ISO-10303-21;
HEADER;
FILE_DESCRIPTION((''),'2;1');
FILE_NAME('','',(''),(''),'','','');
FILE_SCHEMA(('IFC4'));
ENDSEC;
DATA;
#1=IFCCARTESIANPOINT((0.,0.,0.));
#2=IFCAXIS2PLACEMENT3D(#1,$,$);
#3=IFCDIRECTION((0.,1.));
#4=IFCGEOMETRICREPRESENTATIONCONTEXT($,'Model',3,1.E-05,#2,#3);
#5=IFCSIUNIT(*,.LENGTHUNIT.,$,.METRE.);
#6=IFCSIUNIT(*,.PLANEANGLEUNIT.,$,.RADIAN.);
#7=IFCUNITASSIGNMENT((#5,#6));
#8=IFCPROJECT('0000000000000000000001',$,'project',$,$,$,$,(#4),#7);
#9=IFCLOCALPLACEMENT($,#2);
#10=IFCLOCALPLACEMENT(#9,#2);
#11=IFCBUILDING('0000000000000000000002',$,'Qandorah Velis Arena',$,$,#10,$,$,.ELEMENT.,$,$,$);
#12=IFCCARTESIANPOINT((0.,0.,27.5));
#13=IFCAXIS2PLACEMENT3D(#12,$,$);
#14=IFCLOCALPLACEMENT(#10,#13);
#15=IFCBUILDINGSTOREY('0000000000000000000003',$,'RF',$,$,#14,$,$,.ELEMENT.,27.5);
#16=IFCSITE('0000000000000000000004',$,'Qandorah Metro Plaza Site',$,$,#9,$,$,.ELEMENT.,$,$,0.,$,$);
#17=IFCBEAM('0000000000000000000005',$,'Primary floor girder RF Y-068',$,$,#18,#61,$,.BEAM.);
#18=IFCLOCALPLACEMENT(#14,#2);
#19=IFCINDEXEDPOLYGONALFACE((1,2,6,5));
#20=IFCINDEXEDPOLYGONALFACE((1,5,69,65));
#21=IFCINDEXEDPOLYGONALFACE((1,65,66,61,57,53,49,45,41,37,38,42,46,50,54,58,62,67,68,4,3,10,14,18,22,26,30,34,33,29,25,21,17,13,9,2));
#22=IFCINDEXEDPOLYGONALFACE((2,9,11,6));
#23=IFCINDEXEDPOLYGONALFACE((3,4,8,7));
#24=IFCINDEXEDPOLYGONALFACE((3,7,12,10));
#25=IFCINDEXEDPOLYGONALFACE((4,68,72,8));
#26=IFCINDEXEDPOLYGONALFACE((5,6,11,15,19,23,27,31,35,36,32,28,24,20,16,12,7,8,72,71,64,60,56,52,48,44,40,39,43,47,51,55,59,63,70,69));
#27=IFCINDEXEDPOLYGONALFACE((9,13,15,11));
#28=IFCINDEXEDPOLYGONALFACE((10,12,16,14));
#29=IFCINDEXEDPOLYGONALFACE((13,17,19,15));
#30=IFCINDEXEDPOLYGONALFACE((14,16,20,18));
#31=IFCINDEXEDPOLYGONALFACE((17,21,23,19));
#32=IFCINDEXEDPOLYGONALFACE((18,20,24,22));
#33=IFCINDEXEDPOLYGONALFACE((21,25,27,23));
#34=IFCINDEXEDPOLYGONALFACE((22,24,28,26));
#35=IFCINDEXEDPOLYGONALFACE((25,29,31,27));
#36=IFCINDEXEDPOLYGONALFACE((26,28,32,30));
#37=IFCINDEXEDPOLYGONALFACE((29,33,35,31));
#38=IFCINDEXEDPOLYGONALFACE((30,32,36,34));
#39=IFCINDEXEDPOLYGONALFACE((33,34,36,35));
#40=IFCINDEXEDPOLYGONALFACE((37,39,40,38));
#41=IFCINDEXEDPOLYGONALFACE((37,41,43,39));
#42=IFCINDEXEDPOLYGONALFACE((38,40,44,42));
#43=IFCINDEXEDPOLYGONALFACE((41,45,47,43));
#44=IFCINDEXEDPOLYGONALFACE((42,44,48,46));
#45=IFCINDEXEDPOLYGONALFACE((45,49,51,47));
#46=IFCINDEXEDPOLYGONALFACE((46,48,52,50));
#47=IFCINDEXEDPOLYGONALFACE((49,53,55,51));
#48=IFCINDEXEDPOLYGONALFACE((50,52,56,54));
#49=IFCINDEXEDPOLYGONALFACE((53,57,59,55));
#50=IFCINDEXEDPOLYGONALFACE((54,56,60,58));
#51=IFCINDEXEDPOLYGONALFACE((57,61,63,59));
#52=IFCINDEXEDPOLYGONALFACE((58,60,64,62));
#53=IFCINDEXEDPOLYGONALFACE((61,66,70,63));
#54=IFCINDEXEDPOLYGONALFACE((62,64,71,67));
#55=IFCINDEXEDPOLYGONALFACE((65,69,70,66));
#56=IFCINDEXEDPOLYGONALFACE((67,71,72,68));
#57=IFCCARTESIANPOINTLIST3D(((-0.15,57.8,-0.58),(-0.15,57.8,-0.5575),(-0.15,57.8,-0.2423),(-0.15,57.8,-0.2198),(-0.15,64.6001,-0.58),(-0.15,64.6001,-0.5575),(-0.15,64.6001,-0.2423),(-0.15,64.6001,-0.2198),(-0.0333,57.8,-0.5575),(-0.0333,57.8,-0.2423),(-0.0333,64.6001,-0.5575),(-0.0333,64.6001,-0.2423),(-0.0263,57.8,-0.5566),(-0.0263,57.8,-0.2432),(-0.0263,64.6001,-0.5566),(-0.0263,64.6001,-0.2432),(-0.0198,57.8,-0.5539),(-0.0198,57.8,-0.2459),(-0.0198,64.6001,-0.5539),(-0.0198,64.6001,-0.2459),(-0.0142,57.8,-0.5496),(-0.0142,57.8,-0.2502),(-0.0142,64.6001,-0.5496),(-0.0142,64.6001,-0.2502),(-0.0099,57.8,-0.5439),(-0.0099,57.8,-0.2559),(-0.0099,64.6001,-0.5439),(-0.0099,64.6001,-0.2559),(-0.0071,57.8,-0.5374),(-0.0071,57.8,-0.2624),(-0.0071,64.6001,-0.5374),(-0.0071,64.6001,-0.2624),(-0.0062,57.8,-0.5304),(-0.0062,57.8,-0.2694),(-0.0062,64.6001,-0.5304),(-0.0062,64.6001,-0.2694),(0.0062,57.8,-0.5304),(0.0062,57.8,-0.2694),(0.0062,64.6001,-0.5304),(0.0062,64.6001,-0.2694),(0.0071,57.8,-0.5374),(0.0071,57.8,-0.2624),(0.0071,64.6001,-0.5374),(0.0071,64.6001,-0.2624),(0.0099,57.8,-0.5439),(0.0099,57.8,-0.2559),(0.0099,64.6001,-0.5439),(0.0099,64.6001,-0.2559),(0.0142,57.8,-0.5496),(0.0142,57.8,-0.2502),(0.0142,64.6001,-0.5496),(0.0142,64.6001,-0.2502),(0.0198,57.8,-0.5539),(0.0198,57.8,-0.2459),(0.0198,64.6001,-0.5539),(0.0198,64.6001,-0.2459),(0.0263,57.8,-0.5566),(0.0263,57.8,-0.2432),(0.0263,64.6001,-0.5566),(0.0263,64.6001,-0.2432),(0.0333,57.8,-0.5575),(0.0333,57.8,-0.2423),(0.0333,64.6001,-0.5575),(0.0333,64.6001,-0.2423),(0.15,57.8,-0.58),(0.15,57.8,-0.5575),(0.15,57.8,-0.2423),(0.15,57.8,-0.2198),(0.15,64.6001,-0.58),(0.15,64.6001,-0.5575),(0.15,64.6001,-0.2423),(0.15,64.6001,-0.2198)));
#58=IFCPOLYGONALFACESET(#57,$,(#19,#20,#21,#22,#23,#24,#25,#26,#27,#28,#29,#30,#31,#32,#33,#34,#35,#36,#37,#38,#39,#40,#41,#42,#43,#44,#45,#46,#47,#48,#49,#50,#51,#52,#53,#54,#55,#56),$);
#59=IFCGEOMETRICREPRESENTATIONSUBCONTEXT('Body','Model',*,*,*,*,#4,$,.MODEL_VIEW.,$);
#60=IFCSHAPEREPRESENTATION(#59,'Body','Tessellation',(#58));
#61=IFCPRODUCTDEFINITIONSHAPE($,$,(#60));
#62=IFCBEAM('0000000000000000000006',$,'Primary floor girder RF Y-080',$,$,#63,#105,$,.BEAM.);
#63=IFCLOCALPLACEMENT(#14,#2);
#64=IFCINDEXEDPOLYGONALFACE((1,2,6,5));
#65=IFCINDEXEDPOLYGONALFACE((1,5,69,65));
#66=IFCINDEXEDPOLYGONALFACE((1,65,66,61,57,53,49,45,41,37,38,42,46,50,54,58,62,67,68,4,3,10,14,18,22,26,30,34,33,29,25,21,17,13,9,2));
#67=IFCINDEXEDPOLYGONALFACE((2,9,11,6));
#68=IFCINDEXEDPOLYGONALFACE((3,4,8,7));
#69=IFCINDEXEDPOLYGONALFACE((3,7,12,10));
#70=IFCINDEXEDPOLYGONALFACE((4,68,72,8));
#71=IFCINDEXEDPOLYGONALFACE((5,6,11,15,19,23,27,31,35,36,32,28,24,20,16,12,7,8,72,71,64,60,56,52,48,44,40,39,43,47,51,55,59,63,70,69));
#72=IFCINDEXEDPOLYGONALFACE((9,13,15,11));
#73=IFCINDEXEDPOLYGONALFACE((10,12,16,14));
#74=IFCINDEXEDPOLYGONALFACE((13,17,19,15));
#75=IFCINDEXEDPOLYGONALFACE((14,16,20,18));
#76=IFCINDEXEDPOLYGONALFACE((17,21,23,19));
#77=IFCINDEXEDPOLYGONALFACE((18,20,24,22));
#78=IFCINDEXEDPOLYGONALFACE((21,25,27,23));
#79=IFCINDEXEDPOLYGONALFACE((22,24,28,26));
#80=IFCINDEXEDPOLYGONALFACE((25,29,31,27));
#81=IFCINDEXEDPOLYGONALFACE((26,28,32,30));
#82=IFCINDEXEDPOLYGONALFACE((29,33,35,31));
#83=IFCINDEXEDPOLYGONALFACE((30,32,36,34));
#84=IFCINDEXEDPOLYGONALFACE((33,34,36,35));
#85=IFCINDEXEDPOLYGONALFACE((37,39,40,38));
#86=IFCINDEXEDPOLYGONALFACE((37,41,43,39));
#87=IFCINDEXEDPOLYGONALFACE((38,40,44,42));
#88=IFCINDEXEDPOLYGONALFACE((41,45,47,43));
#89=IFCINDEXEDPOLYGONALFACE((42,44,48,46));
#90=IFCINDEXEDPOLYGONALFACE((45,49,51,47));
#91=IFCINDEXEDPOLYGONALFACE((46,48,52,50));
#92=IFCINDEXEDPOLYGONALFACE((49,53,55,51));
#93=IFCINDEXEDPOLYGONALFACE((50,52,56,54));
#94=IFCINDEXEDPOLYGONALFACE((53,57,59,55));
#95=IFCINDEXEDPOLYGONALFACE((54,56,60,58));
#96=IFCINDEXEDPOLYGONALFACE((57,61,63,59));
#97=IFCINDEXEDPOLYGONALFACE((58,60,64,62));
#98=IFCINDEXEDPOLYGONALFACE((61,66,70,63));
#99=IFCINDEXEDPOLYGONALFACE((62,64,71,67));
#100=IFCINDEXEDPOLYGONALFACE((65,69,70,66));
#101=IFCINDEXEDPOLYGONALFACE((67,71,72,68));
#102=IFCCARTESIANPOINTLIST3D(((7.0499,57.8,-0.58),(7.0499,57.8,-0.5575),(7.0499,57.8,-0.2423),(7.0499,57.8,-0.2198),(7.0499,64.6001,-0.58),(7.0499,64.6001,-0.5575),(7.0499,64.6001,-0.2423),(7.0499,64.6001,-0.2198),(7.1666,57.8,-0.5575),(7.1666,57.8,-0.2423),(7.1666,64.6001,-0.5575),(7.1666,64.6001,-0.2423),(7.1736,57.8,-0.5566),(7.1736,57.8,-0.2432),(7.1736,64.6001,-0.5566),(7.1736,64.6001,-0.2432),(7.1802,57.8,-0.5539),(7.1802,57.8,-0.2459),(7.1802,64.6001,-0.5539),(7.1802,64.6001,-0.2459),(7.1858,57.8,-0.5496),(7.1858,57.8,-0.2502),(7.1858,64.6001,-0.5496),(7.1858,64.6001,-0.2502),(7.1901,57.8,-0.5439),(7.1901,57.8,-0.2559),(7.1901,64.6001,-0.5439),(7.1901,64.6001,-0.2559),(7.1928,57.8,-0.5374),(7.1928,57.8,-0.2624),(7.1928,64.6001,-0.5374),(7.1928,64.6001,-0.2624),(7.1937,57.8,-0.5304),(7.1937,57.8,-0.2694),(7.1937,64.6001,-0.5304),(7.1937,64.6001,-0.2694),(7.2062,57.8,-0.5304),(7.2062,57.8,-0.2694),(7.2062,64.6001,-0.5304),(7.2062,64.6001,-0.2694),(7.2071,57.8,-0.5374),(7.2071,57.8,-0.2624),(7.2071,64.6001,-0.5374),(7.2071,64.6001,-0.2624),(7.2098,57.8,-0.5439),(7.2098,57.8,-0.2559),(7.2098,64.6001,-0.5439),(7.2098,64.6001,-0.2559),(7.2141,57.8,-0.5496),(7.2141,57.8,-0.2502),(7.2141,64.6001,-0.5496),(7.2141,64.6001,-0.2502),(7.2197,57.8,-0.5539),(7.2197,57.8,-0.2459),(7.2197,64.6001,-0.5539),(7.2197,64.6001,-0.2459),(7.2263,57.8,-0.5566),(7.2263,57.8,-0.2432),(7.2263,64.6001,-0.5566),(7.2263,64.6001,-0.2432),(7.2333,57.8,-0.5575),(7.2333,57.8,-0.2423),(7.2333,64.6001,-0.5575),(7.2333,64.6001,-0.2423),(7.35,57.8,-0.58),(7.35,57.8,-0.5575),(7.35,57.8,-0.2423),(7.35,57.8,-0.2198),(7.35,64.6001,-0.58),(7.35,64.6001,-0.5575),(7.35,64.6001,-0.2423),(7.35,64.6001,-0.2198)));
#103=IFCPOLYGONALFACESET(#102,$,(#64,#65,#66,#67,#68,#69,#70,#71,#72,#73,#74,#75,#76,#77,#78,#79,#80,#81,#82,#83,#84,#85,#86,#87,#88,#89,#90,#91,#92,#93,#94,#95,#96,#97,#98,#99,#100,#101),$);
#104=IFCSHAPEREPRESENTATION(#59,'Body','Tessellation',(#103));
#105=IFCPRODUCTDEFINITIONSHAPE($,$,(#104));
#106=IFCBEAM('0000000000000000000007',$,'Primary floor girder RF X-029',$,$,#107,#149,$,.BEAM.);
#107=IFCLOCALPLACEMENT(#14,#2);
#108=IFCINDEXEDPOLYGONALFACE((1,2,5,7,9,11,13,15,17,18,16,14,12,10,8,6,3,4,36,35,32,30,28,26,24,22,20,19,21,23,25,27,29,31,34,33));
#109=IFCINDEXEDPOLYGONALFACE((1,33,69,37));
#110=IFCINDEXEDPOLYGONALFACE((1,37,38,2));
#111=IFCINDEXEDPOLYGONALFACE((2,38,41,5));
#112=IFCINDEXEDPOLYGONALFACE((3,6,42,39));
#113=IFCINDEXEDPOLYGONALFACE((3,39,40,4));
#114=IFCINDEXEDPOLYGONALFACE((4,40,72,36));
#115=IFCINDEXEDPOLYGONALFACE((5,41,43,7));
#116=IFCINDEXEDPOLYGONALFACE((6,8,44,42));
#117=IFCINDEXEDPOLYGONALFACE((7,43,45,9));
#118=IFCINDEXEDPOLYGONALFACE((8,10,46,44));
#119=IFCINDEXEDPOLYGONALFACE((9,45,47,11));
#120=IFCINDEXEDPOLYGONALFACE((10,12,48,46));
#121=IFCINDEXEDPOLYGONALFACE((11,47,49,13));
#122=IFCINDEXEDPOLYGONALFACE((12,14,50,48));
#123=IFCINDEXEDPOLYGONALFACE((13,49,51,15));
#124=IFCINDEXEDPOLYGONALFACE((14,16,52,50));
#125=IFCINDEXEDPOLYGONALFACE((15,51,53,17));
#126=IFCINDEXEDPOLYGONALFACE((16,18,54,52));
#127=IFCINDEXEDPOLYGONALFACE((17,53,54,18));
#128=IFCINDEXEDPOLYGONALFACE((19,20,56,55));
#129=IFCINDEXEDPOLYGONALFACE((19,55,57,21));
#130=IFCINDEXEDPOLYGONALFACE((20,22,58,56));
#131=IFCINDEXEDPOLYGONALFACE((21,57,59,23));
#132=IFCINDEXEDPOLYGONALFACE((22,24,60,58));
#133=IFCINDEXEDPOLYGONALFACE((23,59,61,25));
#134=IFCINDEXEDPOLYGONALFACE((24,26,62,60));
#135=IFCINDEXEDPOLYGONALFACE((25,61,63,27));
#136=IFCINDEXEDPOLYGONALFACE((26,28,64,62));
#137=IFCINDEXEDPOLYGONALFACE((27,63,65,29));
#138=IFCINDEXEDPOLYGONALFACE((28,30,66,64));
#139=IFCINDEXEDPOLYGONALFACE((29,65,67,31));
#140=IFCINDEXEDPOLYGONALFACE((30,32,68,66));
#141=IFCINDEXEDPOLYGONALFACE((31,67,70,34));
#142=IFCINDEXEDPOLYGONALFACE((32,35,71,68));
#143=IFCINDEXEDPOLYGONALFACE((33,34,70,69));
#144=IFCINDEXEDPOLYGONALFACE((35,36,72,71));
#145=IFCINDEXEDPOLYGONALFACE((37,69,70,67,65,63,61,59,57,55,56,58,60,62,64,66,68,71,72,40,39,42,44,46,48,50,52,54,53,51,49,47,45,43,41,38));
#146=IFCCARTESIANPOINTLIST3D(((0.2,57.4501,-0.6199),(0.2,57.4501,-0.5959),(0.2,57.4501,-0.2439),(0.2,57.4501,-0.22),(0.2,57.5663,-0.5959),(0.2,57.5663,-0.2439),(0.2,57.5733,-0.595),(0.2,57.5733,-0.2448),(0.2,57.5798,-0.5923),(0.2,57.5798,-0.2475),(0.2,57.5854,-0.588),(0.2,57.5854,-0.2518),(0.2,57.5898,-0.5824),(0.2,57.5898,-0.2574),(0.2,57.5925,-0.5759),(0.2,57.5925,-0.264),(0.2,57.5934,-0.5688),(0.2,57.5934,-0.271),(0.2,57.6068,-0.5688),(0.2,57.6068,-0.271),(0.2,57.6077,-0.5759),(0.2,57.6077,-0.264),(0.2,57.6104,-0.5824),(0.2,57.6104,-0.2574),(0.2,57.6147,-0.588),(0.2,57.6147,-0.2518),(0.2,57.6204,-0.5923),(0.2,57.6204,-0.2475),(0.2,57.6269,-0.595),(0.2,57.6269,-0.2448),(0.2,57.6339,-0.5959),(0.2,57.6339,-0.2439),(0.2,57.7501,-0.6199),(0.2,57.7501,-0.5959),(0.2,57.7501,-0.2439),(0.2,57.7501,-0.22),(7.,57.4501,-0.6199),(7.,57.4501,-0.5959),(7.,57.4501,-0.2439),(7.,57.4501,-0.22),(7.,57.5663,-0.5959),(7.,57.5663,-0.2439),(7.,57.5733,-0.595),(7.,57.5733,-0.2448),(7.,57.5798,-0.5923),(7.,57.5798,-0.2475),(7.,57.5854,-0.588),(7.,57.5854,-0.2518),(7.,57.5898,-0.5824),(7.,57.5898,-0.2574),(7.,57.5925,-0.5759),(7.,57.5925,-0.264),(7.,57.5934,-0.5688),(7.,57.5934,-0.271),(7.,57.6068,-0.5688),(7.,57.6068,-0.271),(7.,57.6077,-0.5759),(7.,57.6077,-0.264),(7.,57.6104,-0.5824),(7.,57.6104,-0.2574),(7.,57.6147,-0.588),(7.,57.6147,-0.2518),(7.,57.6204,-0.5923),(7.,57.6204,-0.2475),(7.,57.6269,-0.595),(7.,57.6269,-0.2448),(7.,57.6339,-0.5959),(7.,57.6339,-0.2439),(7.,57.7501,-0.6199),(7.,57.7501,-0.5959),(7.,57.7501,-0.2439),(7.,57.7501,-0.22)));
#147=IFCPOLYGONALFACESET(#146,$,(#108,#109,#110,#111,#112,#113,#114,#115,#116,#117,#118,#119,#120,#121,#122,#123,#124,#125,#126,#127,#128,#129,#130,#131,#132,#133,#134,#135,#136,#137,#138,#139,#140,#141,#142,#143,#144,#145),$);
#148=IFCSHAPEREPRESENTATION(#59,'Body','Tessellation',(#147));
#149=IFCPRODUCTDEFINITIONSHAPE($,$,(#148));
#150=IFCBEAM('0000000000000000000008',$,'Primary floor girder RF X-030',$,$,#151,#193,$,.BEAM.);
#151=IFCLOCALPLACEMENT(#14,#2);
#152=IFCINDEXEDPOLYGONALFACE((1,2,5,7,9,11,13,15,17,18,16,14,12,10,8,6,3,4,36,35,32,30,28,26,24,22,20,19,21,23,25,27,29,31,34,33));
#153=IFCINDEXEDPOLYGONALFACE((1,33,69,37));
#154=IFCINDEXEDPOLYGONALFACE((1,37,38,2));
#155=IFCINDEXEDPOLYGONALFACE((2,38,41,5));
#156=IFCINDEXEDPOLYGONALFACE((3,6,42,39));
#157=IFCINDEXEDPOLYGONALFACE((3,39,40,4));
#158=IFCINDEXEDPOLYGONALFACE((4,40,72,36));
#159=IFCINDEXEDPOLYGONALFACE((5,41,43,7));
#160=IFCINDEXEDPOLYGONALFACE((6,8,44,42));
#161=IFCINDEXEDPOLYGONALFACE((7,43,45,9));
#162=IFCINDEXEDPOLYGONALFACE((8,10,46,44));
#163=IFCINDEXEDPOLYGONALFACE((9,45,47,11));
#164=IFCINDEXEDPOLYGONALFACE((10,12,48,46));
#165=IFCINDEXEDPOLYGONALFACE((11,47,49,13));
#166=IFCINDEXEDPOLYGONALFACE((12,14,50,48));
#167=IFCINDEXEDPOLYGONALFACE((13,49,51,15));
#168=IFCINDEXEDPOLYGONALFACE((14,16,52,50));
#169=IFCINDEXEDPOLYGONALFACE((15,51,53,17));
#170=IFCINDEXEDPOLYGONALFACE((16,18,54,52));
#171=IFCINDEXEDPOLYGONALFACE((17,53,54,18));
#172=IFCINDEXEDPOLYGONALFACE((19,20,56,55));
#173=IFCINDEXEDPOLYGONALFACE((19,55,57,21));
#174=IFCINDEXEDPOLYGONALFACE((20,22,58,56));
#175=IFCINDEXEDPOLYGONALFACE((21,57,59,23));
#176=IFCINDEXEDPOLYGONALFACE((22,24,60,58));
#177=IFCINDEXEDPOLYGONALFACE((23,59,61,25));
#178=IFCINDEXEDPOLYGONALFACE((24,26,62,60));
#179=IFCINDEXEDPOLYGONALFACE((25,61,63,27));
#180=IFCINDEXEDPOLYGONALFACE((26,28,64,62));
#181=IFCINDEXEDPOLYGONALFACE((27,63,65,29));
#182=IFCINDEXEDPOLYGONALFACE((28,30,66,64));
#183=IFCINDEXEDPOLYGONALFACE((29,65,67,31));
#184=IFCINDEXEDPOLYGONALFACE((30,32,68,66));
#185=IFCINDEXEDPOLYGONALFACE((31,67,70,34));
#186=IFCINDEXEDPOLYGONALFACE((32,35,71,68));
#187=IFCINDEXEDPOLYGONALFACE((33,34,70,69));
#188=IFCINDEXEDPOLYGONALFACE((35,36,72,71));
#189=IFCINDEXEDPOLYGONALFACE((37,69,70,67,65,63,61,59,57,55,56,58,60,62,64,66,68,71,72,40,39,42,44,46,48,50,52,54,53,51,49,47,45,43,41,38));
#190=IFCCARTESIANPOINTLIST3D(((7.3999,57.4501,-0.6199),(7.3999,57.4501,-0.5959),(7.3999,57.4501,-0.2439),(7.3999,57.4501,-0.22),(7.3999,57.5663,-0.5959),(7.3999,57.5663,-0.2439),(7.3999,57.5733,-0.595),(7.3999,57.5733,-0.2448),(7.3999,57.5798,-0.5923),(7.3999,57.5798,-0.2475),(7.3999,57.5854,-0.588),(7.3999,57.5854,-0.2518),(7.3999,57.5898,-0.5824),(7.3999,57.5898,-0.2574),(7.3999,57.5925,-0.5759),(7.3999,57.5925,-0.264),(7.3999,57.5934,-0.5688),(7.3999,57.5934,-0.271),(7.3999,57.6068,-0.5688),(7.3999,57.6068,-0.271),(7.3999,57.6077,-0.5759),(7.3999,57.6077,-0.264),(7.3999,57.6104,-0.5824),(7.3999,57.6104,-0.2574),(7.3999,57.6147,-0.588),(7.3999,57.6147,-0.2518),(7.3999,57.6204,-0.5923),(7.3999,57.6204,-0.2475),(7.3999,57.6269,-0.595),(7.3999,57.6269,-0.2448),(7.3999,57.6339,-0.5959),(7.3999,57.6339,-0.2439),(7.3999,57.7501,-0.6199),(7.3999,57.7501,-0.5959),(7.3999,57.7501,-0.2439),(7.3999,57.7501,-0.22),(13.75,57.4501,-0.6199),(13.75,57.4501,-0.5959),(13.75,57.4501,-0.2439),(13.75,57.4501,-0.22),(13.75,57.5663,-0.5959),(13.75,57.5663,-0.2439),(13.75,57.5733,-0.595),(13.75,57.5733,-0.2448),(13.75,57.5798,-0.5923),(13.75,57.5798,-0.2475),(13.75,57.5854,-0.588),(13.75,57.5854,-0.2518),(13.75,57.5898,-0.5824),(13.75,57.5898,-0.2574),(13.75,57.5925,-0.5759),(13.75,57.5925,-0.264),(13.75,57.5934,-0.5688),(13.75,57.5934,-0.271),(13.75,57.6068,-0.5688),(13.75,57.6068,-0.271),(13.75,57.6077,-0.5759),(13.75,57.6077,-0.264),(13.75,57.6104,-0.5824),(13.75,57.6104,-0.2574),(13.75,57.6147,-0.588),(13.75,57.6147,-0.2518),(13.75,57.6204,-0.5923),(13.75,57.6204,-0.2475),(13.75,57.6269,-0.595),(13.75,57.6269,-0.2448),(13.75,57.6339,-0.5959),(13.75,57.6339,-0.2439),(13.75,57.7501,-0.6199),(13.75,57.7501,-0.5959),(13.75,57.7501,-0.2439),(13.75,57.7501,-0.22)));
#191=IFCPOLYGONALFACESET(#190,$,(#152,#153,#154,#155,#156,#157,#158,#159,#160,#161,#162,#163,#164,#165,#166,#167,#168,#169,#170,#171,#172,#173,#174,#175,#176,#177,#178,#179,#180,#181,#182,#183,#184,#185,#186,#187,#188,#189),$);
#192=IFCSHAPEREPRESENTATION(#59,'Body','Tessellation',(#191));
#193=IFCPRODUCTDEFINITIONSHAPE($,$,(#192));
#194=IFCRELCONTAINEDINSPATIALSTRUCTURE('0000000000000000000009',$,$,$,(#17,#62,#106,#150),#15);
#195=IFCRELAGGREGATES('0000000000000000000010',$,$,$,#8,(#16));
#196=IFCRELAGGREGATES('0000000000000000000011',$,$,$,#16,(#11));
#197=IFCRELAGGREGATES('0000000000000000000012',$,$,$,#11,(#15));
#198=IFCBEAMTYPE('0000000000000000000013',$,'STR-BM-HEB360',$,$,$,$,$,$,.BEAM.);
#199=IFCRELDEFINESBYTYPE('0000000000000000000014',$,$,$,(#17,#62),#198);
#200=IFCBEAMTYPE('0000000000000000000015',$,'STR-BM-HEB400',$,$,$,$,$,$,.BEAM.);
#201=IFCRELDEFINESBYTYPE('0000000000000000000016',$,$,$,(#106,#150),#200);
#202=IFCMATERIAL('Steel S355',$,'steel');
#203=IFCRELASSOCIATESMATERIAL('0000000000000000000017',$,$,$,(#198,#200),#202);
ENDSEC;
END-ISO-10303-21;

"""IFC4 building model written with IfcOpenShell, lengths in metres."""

from ifc_helpers import new_model, si_unit, direction, frame, origin, origin_2d, place, context, subcontext, project, spatial, i_section, extrude, material, material_profile, profile_set, type_object, element, save


model = new_model("IFC4")

# Units and contexts
model_context = context("Model", 3, precision=1e-05, world=origin(), true_north=direction((0.0, 1.0)))
body_context = subcontext(model_context, "Body", "Model", "MODEL_VIEW")
ifc_project = project(units=[si_unit("LENGTHUNIT", "METRE"), si_unit("PLANEANGLEUNIT", "RADIAN")], contexts=[model_context])

# Site, building, storey
site_placement = place(None, origin())
site = spatial("IfcSite", under=ifc_project, at=site_placement, Name="Qandorah Metro Plaza Site", CompositionType="ELEMENT", RefElevation=0.0)
building_placement = place(site_placement, origin())
building = spatial("IfcBuilding", under=site, at=building_placement, Name="Qandorah Velis Arena", CompositionType="ELEMENT")
storey_placement = place(building_placement, frame((0.0, 0.0, 27.5)))
storey = spatial("IfcBuildingStorey", under=building, at=storey_placement, Name="RF", CompositionType="ELEMENT", Elevation=27.5)

# Beams
ifc_material_1 = material(Name="Steel S355", Category="steel")
ifc_material_profile_1 = material_profile(ifc_material_1, i_section(OverallWidth=0.3, OverallDepth=0.3601, WebThickness=0.0125, FlangeThickness=0.0225, FilletRadius=0.0271, at=origin_2d()), Name="HEB 360")
ifc_profile_set_1 = profile_set([ifc_material_profile_1], Name="Steel S355")
beam_type_1 = type_object("IfcBeamType", Name="STR-BM-HEB360", PredefinedType="BEAM", material=ifc_profile_set_1)
for number, where, z_axis, x_axis, name in (
    (1, (0.0, 57.8, -0.3999), (0.0, 1.0, 0.0), (-1.0, 0.0, 0.0), "Primary floor girder RF Y-068"),
    (2, (7.2, 57.8, -0.3999), (0.0, 1.0, 0.0), (-1.0, 0.0, 0.0), "Primary floor girder RF Y-080"),
):
    element("IfcBeam", number, at=place(storey_placement, frame(where, z_axis=z_axis, x_axis=x_axis)), inside=storey, type_object=beam_type_1, Name=name, PredefinedType="BEAM", context=body_context, shape_type="SweptSolid", body=[
        extrude(i_section(OverallWidth=0.3, OverallDepth=0.3601, WebThickness=0.0125, FlangeThickness=0.0225, FilletRadius=0.0271, at=origin_2d()), origin(), (0.0, 0.0, 1.0), 6.8),
    ])
ifc_material_profile_2 = material_profile(ifc_material_1, i_section(OverallWidth=0.3, OverallDepth=0.3999, WebThickness=0.0134, FlangeThickness=0.0239, FilletRadius=0.0271, at=origin_2d()), Name="HEB 400")
ifc_profile_set_2 = profile_set([ifc_material_profile_2], Name="Steel S355")
beam_type_2 = type_object("IfcBeamType", Name="STR-BM-HEB400", PredefinedType="BEAM", material=ifc_profile_set_2)
beam_1_placement = place(storey_placement, frame((0.2, 57.6001, -0.4199), z_axis=(1.0, 0.0, 0.0), x_axis=(0.0, 1.0, 0.0)))
element("IfcBeam", 3, at=beam_1_placement, inside=storey, type_object=beam_type_2, Name="Primary floor girder RF X-029", PredefinedType="BEAM", context=body_context, shape_type="SweptSolid", body=[
    extrude(i_section(OverallWidth=0.3, OverallDepth=0.3999, WebThickness=0.0134, FlangeThickness=0.0239, FilletRadius=0.0271, at=origin_2d()), origin(), (0.0, 0.0, 1.0), 6.8),
])
beam_2_placement = place(storey_placement, frame((7.3999, 57.6001, -0.4199), z_axis=(1.0, 0.0, 0.0), x_axis=(0.0, 1.0, 0.0)))
element("IfcBeam", 4, at=beam_2_placement, inside=storey, type_object=beam_type_2, Name="Primary floor girder RF X-030", PredefinedType="BEAM", context=body_context, shape_type="SweptSolid", body=[
    extrude(i_section(OverallWidth=0.3, OverallDepth=0.3999, WebThickness=0.0134, FlangeThickness=0.0239, FilletRadius=0.0271, at=origin_2d()), origin(), (0.0, 0.0, 1.0), 6.3501),
])

save(model, "model.ifc")
